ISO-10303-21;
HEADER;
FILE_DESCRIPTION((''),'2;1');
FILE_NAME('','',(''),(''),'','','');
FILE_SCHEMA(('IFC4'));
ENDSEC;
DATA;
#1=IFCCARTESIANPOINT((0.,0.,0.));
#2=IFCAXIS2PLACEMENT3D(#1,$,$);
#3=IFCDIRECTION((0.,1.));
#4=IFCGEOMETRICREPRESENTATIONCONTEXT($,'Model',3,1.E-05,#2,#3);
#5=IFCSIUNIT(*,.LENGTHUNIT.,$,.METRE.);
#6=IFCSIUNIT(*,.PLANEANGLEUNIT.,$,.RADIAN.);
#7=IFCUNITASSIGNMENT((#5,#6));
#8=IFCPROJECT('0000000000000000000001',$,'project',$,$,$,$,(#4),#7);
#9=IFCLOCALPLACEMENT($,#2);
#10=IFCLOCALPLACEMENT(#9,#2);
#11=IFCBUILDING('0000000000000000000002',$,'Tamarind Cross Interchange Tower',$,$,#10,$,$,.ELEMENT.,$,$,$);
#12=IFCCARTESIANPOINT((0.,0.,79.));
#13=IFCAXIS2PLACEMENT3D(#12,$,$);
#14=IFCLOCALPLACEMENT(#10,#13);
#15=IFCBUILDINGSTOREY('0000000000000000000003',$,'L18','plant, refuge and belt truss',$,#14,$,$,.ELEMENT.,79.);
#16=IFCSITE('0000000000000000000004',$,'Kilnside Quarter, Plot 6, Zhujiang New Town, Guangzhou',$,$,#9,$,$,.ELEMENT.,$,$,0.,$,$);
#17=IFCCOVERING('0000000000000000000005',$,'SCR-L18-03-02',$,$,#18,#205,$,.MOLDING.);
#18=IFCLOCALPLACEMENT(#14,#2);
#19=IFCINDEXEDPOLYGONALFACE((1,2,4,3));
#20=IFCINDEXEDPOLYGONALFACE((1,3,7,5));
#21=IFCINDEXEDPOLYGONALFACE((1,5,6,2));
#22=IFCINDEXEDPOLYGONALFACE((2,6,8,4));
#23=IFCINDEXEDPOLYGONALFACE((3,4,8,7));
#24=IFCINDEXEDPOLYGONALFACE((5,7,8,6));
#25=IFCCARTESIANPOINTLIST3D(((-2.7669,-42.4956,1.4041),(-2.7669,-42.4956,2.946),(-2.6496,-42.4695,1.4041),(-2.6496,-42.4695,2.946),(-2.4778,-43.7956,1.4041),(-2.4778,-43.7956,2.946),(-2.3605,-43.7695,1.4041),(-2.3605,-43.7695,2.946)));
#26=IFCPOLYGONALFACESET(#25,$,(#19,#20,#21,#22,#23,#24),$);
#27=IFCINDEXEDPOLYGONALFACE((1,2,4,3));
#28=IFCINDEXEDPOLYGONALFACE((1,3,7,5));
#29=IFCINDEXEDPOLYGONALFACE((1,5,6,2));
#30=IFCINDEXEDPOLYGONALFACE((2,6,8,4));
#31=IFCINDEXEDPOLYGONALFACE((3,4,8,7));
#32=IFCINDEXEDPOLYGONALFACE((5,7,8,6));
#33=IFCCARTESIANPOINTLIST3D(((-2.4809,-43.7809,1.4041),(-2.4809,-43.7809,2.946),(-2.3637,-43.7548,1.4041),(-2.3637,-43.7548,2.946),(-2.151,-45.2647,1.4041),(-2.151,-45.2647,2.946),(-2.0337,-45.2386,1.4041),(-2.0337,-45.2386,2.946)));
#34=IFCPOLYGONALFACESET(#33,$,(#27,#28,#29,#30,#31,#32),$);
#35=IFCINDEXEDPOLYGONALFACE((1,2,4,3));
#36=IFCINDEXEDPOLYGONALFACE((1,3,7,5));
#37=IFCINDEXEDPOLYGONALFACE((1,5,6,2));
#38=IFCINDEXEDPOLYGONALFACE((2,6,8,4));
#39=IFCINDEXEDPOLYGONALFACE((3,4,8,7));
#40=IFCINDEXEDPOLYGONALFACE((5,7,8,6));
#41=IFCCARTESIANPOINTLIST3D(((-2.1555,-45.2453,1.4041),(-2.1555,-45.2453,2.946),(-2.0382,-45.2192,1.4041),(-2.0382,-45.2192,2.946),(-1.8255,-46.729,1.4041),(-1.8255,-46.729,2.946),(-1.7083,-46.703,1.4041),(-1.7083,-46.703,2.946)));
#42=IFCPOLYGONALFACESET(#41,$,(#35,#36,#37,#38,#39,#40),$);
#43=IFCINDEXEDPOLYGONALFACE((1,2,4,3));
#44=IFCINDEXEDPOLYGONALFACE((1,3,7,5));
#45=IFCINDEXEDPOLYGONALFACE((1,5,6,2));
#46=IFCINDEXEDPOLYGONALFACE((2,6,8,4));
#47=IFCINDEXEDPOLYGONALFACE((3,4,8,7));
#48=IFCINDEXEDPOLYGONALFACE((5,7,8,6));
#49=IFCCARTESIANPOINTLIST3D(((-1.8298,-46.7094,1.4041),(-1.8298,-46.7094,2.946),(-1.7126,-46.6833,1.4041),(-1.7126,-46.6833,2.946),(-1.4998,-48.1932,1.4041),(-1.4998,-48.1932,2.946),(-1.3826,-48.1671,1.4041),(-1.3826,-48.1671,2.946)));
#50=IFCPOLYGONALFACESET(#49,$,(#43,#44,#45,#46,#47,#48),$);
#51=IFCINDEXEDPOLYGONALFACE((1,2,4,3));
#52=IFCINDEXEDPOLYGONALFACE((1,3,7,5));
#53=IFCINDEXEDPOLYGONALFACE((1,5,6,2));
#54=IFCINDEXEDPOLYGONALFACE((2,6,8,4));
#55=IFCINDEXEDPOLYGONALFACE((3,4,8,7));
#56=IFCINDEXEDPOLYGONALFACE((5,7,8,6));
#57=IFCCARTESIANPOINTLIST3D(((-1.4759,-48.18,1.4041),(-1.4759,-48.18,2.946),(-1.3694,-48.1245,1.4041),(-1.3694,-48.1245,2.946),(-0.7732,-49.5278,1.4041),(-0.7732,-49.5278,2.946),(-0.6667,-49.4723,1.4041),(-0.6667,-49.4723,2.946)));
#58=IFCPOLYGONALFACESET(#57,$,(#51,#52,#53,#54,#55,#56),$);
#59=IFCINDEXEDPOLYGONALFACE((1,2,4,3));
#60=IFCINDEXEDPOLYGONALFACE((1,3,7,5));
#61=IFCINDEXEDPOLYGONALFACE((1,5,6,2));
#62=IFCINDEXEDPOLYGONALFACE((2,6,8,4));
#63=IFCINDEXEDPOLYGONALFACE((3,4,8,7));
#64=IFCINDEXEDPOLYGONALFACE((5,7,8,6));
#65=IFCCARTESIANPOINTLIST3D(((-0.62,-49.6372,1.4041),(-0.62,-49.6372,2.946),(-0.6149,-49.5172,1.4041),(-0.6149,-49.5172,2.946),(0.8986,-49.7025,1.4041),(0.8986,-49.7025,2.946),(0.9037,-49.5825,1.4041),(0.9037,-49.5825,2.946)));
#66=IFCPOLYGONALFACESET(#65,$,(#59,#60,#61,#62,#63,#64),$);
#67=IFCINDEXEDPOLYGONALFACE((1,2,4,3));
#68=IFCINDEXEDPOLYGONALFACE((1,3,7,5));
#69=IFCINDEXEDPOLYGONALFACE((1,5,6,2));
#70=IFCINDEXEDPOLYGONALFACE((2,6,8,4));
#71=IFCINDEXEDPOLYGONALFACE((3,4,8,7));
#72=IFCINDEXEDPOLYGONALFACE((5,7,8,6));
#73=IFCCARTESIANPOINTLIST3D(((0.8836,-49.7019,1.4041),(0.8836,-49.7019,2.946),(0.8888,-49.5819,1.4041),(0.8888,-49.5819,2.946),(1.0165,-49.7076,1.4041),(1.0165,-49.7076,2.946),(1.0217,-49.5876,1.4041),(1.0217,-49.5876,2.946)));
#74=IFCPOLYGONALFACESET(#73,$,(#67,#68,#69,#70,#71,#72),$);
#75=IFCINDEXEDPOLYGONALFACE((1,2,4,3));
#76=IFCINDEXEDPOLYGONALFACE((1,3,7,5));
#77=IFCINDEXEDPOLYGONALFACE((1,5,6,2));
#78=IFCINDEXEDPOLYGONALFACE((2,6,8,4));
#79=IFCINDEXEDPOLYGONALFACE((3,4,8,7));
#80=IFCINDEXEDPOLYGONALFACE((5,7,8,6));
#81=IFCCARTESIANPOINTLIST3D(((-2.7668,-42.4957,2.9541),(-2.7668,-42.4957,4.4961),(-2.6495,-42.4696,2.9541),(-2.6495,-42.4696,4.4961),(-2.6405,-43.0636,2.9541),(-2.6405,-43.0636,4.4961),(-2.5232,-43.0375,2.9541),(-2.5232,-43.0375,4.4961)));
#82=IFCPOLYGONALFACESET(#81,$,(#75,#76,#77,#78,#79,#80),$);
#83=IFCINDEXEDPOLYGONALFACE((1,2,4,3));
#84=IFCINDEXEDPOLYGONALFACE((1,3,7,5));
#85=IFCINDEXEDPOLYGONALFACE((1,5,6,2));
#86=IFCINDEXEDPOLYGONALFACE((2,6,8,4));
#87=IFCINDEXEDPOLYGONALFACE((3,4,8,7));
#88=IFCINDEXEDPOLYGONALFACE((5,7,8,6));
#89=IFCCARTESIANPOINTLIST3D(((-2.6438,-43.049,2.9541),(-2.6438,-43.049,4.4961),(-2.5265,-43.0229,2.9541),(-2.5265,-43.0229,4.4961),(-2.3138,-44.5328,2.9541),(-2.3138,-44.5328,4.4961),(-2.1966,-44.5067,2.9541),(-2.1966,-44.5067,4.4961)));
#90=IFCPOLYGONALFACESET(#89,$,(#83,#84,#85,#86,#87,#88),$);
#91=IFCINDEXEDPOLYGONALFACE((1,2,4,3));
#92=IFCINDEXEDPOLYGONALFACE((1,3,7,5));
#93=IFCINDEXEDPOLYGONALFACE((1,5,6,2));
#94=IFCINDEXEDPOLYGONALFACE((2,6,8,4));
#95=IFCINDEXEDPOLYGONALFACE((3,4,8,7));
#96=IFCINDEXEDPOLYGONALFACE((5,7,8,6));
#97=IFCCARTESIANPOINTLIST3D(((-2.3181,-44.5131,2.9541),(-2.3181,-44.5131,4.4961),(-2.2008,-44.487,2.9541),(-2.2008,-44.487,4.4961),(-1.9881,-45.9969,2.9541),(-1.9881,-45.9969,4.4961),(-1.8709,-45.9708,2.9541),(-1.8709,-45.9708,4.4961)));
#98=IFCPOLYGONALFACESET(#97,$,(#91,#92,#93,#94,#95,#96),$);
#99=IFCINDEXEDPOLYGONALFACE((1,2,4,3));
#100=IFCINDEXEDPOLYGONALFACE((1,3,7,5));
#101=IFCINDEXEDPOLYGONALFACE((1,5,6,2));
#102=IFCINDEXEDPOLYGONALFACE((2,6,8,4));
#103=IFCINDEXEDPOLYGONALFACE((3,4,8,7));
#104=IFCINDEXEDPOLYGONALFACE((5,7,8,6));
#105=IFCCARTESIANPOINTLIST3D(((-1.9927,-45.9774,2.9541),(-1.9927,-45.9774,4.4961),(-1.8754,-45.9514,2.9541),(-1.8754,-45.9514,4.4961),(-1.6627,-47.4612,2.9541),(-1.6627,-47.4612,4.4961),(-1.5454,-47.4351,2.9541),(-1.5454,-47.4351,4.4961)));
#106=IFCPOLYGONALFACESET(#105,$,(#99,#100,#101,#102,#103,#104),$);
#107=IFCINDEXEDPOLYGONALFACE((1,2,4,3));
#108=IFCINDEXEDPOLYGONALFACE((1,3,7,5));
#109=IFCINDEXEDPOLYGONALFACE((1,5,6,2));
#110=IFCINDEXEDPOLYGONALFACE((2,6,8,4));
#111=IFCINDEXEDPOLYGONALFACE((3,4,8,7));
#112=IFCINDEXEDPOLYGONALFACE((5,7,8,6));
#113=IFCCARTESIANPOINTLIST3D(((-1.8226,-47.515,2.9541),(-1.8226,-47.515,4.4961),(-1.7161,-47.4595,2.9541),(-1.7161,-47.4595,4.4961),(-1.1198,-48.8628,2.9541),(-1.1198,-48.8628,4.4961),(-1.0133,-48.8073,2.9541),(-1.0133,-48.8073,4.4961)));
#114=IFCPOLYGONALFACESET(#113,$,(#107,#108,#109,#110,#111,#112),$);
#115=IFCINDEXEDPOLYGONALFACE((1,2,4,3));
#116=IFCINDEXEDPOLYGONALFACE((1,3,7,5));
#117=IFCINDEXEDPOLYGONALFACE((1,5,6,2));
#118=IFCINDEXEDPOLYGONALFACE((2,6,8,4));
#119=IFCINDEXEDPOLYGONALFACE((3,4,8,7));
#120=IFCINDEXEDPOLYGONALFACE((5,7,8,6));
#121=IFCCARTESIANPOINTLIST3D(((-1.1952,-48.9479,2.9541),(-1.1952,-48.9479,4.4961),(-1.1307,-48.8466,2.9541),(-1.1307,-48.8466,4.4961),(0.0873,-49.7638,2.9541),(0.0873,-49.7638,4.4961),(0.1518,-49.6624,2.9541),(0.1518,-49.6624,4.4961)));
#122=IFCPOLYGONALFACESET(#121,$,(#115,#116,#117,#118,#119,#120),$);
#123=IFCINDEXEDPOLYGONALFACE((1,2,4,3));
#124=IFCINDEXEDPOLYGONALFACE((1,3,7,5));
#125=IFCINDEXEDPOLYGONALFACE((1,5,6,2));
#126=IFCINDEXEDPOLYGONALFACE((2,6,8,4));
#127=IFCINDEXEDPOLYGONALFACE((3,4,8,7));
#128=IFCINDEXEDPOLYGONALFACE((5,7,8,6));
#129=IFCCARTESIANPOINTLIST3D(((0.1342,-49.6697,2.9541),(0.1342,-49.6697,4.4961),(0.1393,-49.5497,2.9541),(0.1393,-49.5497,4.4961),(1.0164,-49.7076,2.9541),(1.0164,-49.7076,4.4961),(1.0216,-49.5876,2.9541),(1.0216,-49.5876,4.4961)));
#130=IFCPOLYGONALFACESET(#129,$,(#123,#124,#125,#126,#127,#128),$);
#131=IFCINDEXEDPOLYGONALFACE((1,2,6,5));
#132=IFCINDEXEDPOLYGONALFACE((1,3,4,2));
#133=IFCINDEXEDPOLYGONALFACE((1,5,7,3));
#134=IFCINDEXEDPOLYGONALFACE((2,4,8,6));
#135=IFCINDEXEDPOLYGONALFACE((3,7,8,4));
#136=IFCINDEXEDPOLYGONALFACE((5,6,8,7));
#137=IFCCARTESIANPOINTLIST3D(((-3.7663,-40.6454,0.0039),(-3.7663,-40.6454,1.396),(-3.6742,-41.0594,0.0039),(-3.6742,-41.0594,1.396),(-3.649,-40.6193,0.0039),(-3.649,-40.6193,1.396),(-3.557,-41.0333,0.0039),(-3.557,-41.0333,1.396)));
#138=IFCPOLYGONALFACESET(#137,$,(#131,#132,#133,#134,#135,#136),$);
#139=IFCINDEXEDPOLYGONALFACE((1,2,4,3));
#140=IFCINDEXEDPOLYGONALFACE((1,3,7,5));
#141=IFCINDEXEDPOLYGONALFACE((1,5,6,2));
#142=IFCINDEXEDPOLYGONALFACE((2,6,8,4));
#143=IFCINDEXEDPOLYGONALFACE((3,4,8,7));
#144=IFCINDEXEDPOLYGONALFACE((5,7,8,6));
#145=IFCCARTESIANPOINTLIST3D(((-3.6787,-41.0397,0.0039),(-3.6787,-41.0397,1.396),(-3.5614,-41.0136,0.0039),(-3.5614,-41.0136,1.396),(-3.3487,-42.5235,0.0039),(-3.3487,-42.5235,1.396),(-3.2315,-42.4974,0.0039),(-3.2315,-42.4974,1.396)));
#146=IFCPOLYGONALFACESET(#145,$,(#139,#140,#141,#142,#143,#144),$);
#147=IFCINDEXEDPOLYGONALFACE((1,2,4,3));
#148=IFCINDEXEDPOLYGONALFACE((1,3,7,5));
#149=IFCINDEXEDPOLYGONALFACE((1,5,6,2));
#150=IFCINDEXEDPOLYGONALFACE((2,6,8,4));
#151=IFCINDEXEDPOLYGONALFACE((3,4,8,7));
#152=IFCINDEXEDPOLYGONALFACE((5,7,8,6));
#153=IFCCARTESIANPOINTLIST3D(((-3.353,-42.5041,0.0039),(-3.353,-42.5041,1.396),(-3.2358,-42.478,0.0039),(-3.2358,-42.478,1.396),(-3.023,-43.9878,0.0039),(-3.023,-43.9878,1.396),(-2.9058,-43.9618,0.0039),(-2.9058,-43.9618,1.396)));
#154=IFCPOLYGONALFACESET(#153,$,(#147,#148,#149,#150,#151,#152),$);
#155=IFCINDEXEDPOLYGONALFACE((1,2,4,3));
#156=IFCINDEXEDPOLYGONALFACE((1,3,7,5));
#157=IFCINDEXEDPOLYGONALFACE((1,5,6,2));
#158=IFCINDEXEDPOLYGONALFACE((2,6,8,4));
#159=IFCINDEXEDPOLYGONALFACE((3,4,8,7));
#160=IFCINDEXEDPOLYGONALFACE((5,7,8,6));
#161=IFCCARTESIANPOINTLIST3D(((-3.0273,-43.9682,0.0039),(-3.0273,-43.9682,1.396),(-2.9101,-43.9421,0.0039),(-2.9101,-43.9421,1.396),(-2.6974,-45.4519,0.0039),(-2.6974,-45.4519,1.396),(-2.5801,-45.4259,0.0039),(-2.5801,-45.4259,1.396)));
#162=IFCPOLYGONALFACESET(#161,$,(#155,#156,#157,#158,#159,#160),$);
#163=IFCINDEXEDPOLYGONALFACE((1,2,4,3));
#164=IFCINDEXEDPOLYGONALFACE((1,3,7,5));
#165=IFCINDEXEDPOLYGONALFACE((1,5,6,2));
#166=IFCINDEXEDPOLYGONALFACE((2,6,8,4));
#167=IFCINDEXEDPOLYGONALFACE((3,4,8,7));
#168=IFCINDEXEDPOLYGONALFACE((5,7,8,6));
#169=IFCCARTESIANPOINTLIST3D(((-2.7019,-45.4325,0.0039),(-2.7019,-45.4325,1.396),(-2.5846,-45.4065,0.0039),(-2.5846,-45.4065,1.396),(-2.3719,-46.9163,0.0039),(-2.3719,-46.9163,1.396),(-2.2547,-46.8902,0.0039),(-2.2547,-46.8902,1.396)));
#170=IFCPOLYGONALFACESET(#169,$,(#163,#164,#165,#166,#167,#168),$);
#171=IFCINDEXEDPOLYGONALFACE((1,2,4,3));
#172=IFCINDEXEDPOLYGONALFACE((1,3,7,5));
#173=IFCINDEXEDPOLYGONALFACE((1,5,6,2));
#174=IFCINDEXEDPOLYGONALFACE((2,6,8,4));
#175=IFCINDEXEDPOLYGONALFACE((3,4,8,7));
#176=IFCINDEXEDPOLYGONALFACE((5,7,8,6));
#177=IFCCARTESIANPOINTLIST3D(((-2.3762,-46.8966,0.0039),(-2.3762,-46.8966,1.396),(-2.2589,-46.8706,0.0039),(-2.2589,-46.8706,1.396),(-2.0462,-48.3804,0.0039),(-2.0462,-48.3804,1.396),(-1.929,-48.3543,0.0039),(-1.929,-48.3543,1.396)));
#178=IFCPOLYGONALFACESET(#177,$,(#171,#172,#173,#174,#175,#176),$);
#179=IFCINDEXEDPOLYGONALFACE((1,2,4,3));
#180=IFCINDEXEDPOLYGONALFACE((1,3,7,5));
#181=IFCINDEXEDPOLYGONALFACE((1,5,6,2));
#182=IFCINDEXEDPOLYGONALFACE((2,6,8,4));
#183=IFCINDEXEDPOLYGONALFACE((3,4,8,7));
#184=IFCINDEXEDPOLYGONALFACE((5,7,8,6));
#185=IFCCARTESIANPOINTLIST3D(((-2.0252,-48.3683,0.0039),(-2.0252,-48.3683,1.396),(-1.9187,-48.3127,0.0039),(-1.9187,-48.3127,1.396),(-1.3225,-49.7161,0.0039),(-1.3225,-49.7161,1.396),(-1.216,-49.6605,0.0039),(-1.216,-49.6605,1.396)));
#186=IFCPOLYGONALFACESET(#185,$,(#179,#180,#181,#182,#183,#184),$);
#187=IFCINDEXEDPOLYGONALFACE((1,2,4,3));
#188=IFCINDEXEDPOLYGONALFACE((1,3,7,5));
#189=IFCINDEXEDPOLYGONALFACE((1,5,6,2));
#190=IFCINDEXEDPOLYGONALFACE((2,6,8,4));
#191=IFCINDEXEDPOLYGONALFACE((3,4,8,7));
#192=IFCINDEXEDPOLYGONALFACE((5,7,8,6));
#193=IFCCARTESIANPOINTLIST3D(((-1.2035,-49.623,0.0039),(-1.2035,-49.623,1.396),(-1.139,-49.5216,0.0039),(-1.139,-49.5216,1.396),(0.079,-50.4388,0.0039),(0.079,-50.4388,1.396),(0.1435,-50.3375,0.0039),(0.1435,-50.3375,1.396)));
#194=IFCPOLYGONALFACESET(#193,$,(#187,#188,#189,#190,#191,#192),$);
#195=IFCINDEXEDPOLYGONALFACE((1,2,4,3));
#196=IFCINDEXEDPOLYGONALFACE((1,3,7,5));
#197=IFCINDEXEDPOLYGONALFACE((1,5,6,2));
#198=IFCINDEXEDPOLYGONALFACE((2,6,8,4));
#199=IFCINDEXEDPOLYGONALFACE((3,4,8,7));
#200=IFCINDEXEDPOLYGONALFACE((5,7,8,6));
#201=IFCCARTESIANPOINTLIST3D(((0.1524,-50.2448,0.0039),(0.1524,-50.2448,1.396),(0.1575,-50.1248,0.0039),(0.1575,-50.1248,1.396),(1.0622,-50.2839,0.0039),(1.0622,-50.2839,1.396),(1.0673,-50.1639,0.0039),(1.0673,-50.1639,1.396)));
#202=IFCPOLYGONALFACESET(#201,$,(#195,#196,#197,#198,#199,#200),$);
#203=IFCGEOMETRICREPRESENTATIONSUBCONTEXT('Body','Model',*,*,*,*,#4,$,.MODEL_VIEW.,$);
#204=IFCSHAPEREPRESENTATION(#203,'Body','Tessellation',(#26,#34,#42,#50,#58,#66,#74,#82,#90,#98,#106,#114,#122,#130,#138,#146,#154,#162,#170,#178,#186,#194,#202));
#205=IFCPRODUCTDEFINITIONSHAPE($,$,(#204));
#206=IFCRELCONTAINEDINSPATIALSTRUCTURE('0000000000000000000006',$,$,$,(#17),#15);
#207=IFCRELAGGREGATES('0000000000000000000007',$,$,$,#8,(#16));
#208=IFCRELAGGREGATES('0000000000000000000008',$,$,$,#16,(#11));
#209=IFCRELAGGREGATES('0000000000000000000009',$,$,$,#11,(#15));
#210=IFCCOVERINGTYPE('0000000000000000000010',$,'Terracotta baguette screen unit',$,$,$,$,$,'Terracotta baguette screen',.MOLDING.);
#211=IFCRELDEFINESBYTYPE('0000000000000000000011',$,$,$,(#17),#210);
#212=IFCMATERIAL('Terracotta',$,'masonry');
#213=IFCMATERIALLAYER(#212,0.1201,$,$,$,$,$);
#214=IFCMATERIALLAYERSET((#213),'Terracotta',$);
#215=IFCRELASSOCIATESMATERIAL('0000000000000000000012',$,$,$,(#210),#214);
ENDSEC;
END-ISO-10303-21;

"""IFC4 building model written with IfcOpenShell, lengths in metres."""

from ifc_helpers import new_model, si_unit, direction, frame, origin, origin_2d, place, context, subcontext, project, spatial, rectangle, extrude, material, layer, layer_set, type_object, element, save


model = new_model("IFC4")

# Units and contexts
model_context = context("Model", 3, precision=1e-05, world=origin(), true_north=direction((0.0, 1.0)))
body_context = subcontext(model_context, "Body", "Model", "MODEL_VIEW")
ifc_project = project(units=[si_unit("LENGTHUNIT", "METRE"), si_unit("PLANEANGLEUNIT", "RADIAN")], contexts=[model_context])

# Site, building, storey
site_placement = place(None, origin())
site = spatial("IfcSite", under=ifc_project, at=site_placement, Name="Kilnside Quarter, Plot 6, Zhujiang New Town, Guangzhou", CompositionType="ELEMENT", RefElevation=0.0)
building_placement = place(site_placement, origin())
building = spatial("IfcBuilding", under=site, at=building_placement, Name="Tamarind Cross Interchange Tower", CompositionType="ELEMENT")
storey_placement = place(building_placement, frame((0.0, 0.0, 79.0)))
storey = spatial("IfcBuildingStorey", under=building, at=storey_placement, Name="L18", Description="plant, refuge and belt truss", CompositionType="ELEMENT", Elevation=79.0)

# Covering
ifc_material_1 = material(Name="Terracotta", Category="masonry")
ifc_layer_1 = layer(ifc_material_1, 0.1201)
ifc_layer_set_1 = layer_set([ifc_layer_1], Name="Terracotta")
covering_type = type_object("IfcCoveringType", Name="Terracotta baguette screen unit", ElementType="Terracotta baguette screen", PredefinedType="MOLDING", material=ifc_layer_set_1)
covering_1_placement = place(storey_placement, origin())
element("IfcCovering", 1, at=covering_1_placement, inside=storey, type_object=covering_type, Name="SCR-L18-03-02", PredefinedType="MOLDING", context=body_context, shape_type="SweptSolid", body=[
    extrude(rectangle(XDim=1.3318, YDim=0.1201, at=origin_2d()), frame((-2.5637, -43.1326, 1.4041), z_axis=(0.0, 0.0, 1.0), x_axis=(0.21708, -0.976154, 0.0)), (0.0, 0.0, 1.0), 1.542),
    extrude(rectangle(XDim=1.52, YDim=0.1201, at=origin_2d()), frame((-2.2573, -44.5098, 1.4041), z_axis=(0.0, 0.0, 1.0), x_axis=(0.21708, -0.976154, 0.0)), (0.0, 0.0, 1.0), 1.542),
    extrude(rectangle(XDim=1.52, YDim=0.1201, at=origin_2d()), frame((-1.9319, -45.9741, 1.4041), z_axis=(0.0, 0.0, 1.0), x_axis=(0.21708, -0.976154, 0.0)), (0.0, 0.0, 1.0), 1.542),
    extrude(rectangle(XDim=1.52, YDim=0.1201, at=origin_2d()), frame((-1.6062, -47.4382, 1.4041), z_axis=(0.0, 0.0, 1.0), x_axis=(0.21708, -0.976154, 0.0)), (0.0, 0.0, 1.0), 1.542),
    extrude(rectangle(XDim=1.52, YDim=0.1201, at=origin_2d()), frame((-1.0713, -48.8262, 1.4041), z_axis=(0.0, 0.0, 1.0), x_axis=(0.462331, -0.886708, 0.0)), (0.0, 0.0, 1.0), 1.542),
    extrude(rectangle(XDim=1.52, YDim=0.1201, at=origin_2d()), frame((0.1418, -49.6099, 1.4041), z_axis=(0.0, 0.0, 1.0), x_axis=(0.999077, -0.042964, 0.0)), (0.0, 0.0, 1.0), 1.542),
    extrude(rectangle(XDim=0.1331, YDim=0.1201, at=origin_2d()), frame((0.9526, -49.6448, 1.4041), z_axis=(0.0, 0.0, 1.0), x_axis=(0.999077, -0.042964, 0.0)), (0.0, 0.0, 1.0), 1.542),
    extrude(rectangle(XDim=0.5818, YDim=0.1201, at=origin_2d()), frame((-2.645, -42.7666, 2.9541), z_axis=(0.0, 0.0, 1.0), x_axis=(0.21708, -0.976154, 0.0)), (0.0, 0.0, 1.0), 1.542),
    extrude(rectangle(XDim=1.52, YDim=0.1201, at=origin_2d()), frame((-2.4202, -43.7778, 2.9541), z_axis=(0.0, 0.0, 1.0), x_axis=(0.21708, -0.976154, 0.0)), (0.0, 0.0, 1.0), 1.542),
    extrude(rectangle(XDim=1.52, YDim=0.1201, at=origin_2d()), frame((-2.0945, -45.2419, 2.9541), z_axis=(0.0, 0.0, 1.0), x_axis=(0.21708, -0.976154, 0.0)), (0.0, 0.0, 1.0), 1.542),
    extrude(rectangle(XDim=1.52, YDim=0.1201, at=origin_2d()), frame((-1.769, -46.7063, 2.9541), z_axis=(0.0, 0.0, 1.0), x_axis=(0.21708, -0.976154, 0.0)), (0.0, 0.0, 1.0), 1.542),
    extrude(rectangle(XDim=1.52, YDim=0.1201, at=origin_2d()), frame((-1.418, -48.1611, 2.9541), z_axis=(0.0, 0.0, 1.0), x_axis=(0.462331, -0.886708, 0.0)), (0.0, 0.0, 1.0), 1.542),
    extrude(rectangle(XDim=1.52, YDim=0.1201, at=origin_2d()), frame((-0.5217, -49.3052, 2.9541), z_axis=(0.0, 0.0, 1.0), x_axis=(0.843744, -0.536746, 0.0)), (0.0, 0.0, 1.0), 1.542),
    extrude(rectangle(XDim=0.8831, YDim=0.1201, at=origin_2d()), frame((0.5779, -49.6287, 2.9541), z_axis=(0.0, 0.0, 1.0), x_axis=(0.999077, -0.042964, 0.0)), (0.0, 0.0, 1.0), 1.542),
    extrude(rectangle(XDim=0.4241, YDim=0.1201, at=origin_2d()), frame((-3.6616, -40.8394, 0.0039), z_axis=(0.0, 0.0, 1.0), x_axis=(0.21708, -0.976154, 0.0)), (0.0, 0.0, 1.0), 1.3921),
    extrude(rectangle(XDim=1.52, YDim=0.1201, at=origin_2d()), frame((-3.4551, -41.7686, 0.0039), z_axis=(0.0, 0.0, 1.0), x_axis=(0.21708, -0.976154, 0.0)), (0.0, 0.0, 1.0), 1.3921),
    extrude(rectangle(XDim=1.52, YDim=0.1201, at=origin_2d()), frame((-3.1294, -43.2329, 0.0039), z_axis=(0.0, 0.0, 1.0), x_axis=(0.21708, -0.976154, 0.0)), (0.0, 0.0, 1.0), 1.3921),
    extrude(rectangle(XDim=1.52, YDim=0.1201, at=origin_2d()), frame((-2.8037, -44.697, 0.0039), z_axis=(0.0, 0.0, 1.0), x_axis=(0.21708, -0.976154, 0.0)), (0.0, 0.0, 1.0), 1.3921),
    extrude(rectangle(XDim=1.52, YDim=0.1201, at=origin_2d()), frame((-2.4783, -46.1614, 0.0039), z_axis=(0.0, 0.0, 1.0), x_axis=(0.21708, -0.976154, 0.0)), (0.0, 0.0, 1.0), 1.3921),
    extrude(rectangle(XDim=1.52, YDim=0.1201, at=origin_2d()), frame((-2.1526, -47.6255, 0.0039), z_axis=(0.0, 0.0, 1.0), x_axis=(0.21708, -0.976154, 0.0)), (0.0, 0.0, 1.0), 1.3921),
    extrude(rectangle(XDim=1.52, YDim=0.1201, at=origin_2d()), frame((-1.6206, -49.0144, 0.0039), z_axis=(0.0, 0.0, 1.0), x_axis=(0.462331, -0.886708, 0.0)), (0.0, 0.0, 1.0), 1.3921),
    extrude(rectangle(XDim=1.52, YDim=0.1201, at=origin_2d()), frame((-0.53, -49.9802, 0.0039), z_axis=(0.0, 0.0, 1.0), x_axis=(0.843744, -0.536746, 0.0)), (0.0, 0.0, 1.0), 1.3921),
    extrude(rectangle(XDim=0.9106, YDim=0.1201, at=origin_2d()), frame((0.6099, -50.2043, 0.0039), z_axis=(0.0, 0.0, 1.0), x_axis=(0.999077, -0.042964, 0.0)), (0.0, 0.0, 1.0), 1.3921),
])

save(model, "model.ifc")
